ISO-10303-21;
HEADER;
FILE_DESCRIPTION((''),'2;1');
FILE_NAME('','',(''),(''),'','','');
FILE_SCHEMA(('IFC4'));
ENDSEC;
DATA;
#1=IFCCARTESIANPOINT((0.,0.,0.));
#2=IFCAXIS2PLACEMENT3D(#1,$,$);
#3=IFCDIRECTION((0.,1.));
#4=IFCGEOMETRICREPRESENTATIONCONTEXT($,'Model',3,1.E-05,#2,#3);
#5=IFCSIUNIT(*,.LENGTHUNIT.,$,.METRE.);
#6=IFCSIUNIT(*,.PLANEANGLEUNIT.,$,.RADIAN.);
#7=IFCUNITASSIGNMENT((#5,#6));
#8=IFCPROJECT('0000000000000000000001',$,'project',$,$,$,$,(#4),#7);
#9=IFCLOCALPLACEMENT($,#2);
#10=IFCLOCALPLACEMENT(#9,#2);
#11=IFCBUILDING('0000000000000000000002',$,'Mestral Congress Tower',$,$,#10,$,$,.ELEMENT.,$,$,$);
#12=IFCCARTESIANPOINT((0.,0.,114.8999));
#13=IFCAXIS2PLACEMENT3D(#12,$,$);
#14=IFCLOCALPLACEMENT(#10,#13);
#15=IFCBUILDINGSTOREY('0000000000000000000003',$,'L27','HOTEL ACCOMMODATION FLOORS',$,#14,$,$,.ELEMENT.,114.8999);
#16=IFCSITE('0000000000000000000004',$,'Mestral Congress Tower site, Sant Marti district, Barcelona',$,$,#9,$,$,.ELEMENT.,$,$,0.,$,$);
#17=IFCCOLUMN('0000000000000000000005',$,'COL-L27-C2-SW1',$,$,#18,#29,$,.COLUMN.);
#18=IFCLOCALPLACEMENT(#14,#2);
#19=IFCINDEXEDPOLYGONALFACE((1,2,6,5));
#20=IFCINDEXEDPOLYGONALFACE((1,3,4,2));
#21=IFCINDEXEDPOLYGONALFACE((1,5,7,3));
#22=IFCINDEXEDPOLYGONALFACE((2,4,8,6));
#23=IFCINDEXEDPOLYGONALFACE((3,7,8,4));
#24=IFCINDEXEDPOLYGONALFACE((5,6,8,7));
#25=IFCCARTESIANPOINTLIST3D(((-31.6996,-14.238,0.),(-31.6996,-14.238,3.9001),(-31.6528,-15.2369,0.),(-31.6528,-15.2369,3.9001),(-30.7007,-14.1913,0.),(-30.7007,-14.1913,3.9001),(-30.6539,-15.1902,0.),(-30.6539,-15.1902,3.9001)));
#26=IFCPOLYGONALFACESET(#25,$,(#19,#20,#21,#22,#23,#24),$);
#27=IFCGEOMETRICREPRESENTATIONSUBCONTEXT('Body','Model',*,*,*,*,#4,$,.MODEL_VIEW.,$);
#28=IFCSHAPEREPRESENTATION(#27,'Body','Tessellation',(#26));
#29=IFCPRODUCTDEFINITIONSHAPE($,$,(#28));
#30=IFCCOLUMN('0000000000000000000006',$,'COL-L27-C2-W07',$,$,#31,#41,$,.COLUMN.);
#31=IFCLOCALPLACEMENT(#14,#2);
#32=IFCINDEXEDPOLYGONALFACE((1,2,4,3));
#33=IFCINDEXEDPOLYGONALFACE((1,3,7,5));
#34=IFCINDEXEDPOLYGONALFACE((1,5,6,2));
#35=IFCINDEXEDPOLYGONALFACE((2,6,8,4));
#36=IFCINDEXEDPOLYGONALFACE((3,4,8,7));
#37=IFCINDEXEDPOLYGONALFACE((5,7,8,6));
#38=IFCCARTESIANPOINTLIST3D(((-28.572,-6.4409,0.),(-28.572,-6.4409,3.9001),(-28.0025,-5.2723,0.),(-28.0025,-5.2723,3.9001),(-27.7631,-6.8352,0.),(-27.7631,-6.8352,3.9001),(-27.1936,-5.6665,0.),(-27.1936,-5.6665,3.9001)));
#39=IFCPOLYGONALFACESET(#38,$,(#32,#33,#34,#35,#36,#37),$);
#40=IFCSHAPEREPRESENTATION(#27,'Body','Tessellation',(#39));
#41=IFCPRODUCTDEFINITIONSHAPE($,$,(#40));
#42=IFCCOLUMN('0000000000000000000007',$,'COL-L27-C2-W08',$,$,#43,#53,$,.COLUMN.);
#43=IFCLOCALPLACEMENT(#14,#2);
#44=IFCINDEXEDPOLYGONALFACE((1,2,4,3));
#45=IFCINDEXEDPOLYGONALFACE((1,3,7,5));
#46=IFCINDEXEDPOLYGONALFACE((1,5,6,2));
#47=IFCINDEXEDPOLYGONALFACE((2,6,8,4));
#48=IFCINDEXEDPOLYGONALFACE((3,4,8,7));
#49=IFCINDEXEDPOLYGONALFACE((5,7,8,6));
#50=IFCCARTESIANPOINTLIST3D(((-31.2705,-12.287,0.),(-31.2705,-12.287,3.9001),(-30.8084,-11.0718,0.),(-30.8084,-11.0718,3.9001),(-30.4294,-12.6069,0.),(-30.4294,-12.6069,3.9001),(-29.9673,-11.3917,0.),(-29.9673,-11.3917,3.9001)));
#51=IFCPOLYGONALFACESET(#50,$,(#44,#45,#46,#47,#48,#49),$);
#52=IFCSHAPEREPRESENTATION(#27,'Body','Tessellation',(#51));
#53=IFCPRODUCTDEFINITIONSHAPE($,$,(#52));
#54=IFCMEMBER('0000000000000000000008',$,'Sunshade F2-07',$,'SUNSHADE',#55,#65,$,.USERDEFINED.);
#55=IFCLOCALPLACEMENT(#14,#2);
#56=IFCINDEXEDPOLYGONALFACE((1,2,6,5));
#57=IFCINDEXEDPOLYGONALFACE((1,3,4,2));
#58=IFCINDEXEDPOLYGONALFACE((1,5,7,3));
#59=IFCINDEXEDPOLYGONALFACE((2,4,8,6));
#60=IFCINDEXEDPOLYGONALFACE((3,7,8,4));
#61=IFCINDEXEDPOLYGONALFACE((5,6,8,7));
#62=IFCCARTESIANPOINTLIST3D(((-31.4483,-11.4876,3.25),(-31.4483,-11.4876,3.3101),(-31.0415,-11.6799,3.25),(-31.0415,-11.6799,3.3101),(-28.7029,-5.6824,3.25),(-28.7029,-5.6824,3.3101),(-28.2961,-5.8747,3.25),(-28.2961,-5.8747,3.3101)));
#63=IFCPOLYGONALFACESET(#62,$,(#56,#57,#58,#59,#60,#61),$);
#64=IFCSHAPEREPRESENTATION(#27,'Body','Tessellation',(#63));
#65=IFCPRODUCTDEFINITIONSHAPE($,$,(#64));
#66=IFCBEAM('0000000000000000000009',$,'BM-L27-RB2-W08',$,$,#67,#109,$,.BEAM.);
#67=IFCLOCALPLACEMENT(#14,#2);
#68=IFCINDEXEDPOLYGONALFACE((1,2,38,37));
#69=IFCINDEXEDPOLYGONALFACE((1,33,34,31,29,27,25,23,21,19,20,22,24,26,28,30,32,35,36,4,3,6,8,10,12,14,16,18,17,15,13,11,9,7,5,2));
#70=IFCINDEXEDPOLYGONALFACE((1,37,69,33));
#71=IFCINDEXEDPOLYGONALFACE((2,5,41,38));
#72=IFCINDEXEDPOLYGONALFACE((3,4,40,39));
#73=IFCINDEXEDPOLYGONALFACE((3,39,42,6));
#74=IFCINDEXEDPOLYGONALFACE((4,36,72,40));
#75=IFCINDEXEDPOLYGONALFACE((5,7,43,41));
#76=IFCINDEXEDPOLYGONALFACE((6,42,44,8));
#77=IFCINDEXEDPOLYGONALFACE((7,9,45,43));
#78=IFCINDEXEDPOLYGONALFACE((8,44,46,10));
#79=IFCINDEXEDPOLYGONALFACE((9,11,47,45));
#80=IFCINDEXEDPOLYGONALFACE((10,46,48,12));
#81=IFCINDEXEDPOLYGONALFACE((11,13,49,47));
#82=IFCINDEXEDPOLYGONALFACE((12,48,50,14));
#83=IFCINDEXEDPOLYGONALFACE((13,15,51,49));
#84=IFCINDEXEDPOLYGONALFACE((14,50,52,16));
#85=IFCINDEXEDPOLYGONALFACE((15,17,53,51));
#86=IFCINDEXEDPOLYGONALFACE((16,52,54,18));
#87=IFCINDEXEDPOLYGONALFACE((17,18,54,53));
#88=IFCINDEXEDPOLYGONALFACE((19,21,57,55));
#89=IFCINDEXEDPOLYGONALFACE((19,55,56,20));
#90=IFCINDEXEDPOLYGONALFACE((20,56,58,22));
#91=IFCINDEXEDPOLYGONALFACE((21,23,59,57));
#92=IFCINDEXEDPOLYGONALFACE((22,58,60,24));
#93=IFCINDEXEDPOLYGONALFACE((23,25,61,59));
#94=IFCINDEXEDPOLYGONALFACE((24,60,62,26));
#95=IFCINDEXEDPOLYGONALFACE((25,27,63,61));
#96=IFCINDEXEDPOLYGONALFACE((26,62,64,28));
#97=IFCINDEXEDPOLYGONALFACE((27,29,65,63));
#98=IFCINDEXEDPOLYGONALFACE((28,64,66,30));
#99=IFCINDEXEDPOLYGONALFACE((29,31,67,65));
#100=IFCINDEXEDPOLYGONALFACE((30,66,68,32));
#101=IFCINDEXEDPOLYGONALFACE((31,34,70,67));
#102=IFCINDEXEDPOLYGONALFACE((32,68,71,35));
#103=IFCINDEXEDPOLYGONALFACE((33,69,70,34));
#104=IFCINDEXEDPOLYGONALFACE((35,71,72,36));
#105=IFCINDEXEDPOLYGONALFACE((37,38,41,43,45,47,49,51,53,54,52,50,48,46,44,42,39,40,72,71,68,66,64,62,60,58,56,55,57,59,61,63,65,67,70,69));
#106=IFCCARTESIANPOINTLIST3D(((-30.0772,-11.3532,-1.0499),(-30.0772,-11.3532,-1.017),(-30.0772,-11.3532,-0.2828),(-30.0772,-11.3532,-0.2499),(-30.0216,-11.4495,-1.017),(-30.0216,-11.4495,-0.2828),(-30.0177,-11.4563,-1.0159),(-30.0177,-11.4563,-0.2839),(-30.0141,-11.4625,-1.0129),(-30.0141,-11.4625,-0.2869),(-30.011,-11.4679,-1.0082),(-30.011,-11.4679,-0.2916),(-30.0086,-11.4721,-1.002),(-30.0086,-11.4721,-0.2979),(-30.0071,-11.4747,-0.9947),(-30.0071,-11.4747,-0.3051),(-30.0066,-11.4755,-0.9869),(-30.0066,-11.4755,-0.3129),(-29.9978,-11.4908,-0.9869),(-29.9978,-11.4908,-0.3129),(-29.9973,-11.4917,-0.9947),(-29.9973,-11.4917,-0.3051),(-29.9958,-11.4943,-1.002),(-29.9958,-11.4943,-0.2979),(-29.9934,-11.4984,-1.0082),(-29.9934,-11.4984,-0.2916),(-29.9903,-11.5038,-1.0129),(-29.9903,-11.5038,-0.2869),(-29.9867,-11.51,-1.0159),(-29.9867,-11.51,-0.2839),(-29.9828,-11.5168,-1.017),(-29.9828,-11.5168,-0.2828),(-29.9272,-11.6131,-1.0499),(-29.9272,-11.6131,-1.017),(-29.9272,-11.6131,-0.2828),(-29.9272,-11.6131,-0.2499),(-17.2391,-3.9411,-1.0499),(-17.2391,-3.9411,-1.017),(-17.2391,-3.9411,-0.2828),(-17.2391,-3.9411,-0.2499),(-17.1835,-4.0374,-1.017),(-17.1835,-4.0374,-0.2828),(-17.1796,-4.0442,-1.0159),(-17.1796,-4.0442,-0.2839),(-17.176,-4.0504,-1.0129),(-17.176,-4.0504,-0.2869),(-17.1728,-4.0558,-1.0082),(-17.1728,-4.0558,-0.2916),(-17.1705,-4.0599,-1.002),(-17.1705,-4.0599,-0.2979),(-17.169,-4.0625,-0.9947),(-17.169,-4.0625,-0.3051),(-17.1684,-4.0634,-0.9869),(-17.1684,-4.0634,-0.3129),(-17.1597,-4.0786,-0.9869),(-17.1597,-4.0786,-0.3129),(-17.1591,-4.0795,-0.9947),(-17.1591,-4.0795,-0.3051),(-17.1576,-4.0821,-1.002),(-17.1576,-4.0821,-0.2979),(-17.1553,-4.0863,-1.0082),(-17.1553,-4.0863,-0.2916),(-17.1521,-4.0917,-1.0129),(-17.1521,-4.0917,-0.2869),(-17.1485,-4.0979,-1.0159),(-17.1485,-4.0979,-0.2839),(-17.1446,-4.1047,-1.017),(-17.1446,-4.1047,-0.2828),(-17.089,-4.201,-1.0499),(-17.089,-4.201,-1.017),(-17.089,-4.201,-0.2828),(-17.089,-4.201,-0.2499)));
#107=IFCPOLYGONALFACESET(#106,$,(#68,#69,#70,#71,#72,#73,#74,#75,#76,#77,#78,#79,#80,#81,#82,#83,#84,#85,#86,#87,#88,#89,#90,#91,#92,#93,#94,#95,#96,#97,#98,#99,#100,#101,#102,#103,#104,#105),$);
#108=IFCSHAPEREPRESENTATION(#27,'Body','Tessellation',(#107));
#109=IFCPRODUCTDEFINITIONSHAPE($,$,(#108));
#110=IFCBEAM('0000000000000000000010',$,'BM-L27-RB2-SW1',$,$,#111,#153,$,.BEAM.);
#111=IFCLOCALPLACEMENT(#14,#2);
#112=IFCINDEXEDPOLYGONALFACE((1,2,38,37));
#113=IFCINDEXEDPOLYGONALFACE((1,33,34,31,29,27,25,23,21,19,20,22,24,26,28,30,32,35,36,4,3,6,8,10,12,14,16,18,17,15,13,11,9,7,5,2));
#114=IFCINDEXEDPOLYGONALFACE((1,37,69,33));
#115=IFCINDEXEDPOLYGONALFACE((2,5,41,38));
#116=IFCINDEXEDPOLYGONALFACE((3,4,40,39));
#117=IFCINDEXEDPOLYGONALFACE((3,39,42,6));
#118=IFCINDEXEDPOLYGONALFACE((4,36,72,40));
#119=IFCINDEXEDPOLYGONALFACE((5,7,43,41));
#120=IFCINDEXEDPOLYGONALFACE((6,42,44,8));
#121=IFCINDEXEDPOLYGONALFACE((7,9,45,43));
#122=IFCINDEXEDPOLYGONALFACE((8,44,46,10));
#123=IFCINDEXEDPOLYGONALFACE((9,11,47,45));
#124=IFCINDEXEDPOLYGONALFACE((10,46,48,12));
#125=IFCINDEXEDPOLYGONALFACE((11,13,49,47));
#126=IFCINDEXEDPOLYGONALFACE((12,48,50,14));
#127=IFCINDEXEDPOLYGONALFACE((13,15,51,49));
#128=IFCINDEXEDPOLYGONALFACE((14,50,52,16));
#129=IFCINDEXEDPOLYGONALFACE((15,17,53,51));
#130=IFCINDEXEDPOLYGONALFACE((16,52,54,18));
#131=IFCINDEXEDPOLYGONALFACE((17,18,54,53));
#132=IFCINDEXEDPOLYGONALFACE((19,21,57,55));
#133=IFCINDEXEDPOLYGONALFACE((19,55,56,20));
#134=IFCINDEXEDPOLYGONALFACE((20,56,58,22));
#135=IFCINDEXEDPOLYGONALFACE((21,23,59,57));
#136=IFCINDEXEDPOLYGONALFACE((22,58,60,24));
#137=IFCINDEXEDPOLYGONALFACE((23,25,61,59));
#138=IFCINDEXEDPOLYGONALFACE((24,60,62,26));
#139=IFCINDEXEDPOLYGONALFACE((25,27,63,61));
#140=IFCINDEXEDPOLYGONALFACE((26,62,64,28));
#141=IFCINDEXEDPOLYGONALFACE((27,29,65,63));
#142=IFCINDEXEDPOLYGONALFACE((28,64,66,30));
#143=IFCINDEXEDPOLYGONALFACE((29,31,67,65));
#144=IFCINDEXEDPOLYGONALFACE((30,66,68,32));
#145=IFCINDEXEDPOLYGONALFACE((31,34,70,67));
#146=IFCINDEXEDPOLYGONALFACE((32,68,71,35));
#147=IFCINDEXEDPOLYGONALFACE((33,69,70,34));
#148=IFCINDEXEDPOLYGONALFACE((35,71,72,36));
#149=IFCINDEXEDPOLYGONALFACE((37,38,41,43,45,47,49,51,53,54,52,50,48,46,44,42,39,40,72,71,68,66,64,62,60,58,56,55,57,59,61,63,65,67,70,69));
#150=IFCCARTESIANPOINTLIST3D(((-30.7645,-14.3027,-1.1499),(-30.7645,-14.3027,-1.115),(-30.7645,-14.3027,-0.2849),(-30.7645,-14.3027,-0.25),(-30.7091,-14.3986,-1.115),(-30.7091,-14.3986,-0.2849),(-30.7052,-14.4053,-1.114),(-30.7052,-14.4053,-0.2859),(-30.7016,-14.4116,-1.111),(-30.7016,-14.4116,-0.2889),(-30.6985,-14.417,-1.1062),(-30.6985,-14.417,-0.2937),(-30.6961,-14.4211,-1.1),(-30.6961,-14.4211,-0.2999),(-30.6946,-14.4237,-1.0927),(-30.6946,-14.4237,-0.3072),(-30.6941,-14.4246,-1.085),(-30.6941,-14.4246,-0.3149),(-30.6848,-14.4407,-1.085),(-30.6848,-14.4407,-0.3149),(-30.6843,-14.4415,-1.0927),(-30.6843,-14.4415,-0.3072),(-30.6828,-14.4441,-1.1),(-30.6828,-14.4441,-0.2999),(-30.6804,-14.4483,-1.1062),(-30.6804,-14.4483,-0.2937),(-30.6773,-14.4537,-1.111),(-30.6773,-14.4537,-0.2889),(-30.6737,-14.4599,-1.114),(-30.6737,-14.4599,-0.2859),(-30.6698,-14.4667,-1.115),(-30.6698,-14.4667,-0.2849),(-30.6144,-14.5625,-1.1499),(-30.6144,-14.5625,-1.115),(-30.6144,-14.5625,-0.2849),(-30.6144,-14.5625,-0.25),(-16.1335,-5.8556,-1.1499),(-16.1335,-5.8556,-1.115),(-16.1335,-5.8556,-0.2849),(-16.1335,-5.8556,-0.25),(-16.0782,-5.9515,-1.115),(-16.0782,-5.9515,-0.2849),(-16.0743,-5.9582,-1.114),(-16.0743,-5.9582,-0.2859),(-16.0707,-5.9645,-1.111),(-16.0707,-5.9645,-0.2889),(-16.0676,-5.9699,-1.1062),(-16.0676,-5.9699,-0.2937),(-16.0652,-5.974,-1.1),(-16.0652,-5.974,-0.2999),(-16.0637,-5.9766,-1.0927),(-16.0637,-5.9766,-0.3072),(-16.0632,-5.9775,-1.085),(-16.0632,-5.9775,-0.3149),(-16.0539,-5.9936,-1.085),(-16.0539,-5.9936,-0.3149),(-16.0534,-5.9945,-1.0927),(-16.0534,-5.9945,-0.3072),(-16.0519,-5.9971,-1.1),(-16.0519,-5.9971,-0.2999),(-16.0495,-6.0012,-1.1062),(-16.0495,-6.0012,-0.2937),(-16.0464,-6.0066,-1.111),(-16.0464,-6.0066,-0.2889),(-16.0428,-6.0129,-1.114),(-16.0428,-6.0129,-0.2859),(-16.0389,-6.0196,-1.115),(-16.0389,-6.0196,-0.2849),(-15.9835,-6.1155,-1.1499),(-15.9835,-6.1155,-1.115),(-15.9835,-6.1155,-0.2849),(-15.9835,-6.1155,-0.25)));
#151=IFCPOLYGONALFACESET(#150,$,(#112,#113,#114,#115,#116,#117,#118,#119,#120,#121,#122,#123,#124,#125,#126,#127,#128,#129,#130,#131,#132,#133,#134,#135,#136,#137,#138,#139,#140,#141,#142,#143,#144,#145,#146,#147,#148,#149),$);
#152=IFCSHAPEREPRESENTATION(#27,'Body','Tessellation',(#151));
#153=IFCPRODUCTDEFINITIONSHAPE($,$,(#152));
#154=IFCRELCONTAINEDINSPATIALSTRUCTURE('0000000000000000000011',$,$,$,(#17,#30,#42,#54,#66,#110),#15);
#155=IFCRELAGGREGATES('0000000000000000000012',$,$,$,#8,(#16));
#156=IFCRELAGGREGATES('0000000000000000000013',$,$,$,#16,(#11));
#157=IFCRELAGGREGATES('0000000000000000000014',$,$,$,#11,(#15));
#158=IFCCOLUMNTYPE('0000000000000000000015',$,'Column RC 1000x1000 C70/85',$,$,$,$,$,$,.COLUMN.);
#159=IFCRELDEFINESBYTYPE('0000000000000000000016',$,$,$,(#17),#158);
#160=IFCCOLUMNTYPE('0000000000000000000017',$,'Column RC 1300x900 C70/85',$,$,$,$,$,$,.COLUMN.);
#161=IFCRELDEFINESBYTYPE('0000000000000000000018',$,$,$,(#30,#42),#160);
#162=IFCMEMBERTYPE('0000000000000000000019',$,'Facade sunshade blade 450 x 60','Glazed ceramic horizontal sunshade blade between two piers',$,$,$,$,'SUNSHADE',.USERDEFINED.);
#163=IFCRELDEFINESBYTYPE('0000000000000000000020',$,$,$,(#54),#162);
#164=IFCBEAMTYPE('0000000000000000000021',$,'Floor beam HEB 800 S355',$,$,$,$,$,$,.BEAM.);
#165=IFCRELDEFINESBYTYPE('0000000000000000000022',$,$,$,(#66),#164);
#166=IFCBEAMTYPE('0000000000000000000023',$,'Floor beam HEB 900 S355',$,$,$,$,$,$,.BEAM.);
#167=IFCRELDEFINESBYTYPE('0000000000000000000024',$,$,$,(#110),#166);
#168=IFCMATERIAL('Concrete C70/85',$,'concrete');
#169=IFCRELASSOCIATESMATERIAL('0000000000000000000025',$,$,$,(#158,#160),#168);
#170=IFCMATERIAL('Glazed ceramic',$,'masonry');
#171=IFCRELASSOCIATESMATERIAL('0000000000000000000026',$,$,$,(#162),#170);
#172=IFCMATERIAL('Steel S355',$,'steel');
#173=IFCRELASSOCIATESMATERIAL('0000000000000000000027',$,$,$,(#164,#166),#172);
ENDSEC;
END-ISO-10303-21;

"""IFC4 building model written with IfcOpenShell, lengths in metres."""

from ifc_helpers import new_model, si_unit, direction, frame, origin, origin_2d, place, context, subcontext, project, spatial, rectangle, i_section, extrude, material, material_profile, profile_set, type_object, element, save


model = new_model("IFC4")

# Units and contexts
model_context = context("Model", 3, precision=1e-05, world=origin(), true_north=direction((0.0, 1.0)))
body_context = subcontext(model_context, "Body", "Model", "MODEL_VIEW")
ifc_project = project(units=[si_unit("LENGTHUNIT", "METRE"), si_unit("PLANEANGLEUNIT", "RADIAN")], contexts=[model_context])

# Site, building, storey
site_placement = place(None, origin())
site = spatial("IfcSite", under=ifc_project, at=site_placement, Name="Mestral Congress Tower site, Sant Marti district, Barcelona", CompositionType="ELEMENT", RefElevation=0.0)
building_placement = place(site_placement, origin())
building = spatial("IfcBuilding", under=site, at=building_placement, Name="Mestral Congress Tower", CompositionType="ELEMENT")
storey_placement = place(building_placement, frame((0.0, 0.0, 114.8999)))
storey = spatial("IfcBuildingStorey", under=building, at=storey_placement, Name="L27", Description="HOTEL ACCOMMODATION FLOORS", CompositionType="ELEMENT", Elevation=114.8999)

# Columns
ifc_material_1 = material(Name="Concrete C70/85", Category="concrete")
ifc_material_profile_1 = material_profile(ifc_material_1, rectangle(XDim=1.0, YDim=1.0, at=origin_2d()), Name="RC 1000x1000")
ifc_profile_set_1 = profile_set([ifc_material_profile_1], Name="Concrete C70/85")
column_type_1 = type_object("IfcColumnType", Name="Column RC 1000x1000 C70/85", PredefinedType="COLUMN", material=ifc_profile_set_1)
column_placement = place(storey_placement, frame((-31.1768, -14.7141, 0.0), z_axis=(0.0, 0.0, 1.0), x_axis=(0.046756, -0.998906, 0.0)))
element("IfcColumn", 1, at=column_placement, inside=storey, type_object=column_type_1, Name="COL-L27-C2-SW1", PredefinedType="COLUMN", context=body_context, shape_type="SweptSolid", body=[
    extrude(rectangle(XDim=1.0, YDim=1.0, at=origin_2d()), origin(), (0.0, 0.0, 1.0), 3.9001),
])
ifc_material_profile_2 = material_profile(ifc_material_1, rectangle(XDim=1.3, YDim=0.8999, at=origin_2d()), Name="RC 1300x900")
ifc_profile_set_2 = profile_set([ifc_material_profile_2], Name="Concrete C70/85")
column_type_2 = type_object("IfcColumnType", Name="Column RC 1300x900 C70/85", PredefinedType="COLUMN", material=ifc_profile_set_2)
for number, where, z_axis, x_axis, name in (
    (2, (-27.8828, -6.0537, 0.0), (0.0, 0.0, 1.0), (-0.438061, -0.898945, 0.0), "COL-L27-C2-W07"),
    (3, (-30.6189, -11.8394, 0.0), (0.0, 0.0, 1.0), (-0.355494, -0.934679, 0.0), "COL-L27-C2-W08"),
):
    element("IfcColumn", number, at=place(storey_placement, frame(where, z_axis=z_axis, x_axis=x_axis)), inside=storey, type_object=column_type_2, Name=name, PredefinedType="COLUMN", context=body_context, shape_type="SweptSolid", body=[
        extrude(rectangle(XDim=1.3, YDim=0.8999, at=origin_2d()), origin(), (0.0, 0.0, 1.0), 3.9001),
    ])

# Member
ifc_material_2 = material(Name="Glazed ceramic", Category="masonry")
ifc_material_profile_3 = material_profile(ifc_material_2, rectangle(XDim=0.45, YDim=0.0601, at=origin_2d()), Name="Ceramic blade 450 x 60")
ifc_profile_set_3 = profile_set([ifc_material_profile_3], Name="Glazed ceramic")
member_type = type_object("IfcMemberType", Name="Facade sunshade blade 450 x 60", Description="Glazed ceramic horizontal sunshade blade between two piers", ElementType="SUNSHADE", PredefinedType="USERDEFINED", material=ifc_profile_set_3)
member_placement = place(storey_placement, frame((-28.4995, -5.7786, 3.28), z_axis=(-0.427519, -0.904006, 0.0), x_axis=(0.904006, -0.427519, 0.0)))
element("IfcMember", 4, at=member_placement, inside=storey, type_object=member_type, Name="Sunshade F2-07", ObjectType="SUNSHADE", PredefinedType="USERDEFINED", context=body_context, shape_type="SweptSolid", body=[
    extrude(rectangle(XDim=0.45, YDim=0.0601, at=origin_2d()), origin(), (0.0, 0.0, 1.0), 6.4216),
])

# Beams
ifc_material_3 = material(Name="Steel S355", Category="steel")
ifc_material_profile_4 = material_profile(ifc_material_3, i_section(OverallWidth=0.3, OverallDepth=0.8, WebThickness=0.0176, FlangeThickness=0.033, FilletRadius=0.03, at=origin_2d()), Name="HEB 800")
ifc_profile_set_4 = profile_set([ifc_material_profile_4], Name="Steel S355")
beam_type_1 = type_object("IfcBeamType", Name="Floor beam HEB 800 S355", PredefinedType="BEAM", material=ifc_profile_set_4)
beam_1_placement = place(storey_placement, frame((-30.0022, -11.4832, -0.6499), z_axis=(0.866025, 0.5, 0.0), x_axis=(-0.5, 0.866025, 0.0)))
element("IfcBeam", 5, at=beam_1_placement, inside=storey, type_object=beam_type_1, Name="BM-L27-RB2-W08", PredefinedType="BEAM", context=body_context, shape_type="SweptSolid", body=[
    extrude(i_section(OverallWidth=0.3, OverallDepth=0.8, WebThickness=0.0176, FlangeThickness=0.033, FilletRadius=0.03, at=origin_2d()), origin(), (0.0, 0.0, 1.0), 14.8242),
])
ifc_material_profile_5 = material_profile(ifc_material_3, i_section(OverallWidth=0.3, OverallDepth=0.8999, WebThickness=0.0186, FlangeThickness=0.0349, FilletRadius=0.03, at=origin_2d()), Name="HEB 900")
ifc_profile_set_5 = profile_set([ifc_material_profile_5], Name="Steel S355")
beam_type_2 = type_object("IfcBeamType", Name="Floor beam HEB 900 S355", PredefinedType="BEAM", material=ifc_profile_set_5)
beam_2_placement = place(storey_placement, frame((-30.6895, -14.4326, -0.7), z_axis=(0.866028, 0.499995, 0.0), x_axis=(-0.499995, 0.866028, 0.0)))
element("IfcBeam", 6, at=beam_2_placement, inside=storey, type_object=beam_type_2, Name="BM-L27-RB2-SW1", PredefinedType="BEAM", context=body_context, shape_type="SweptSolid", body=[
    extrude(i_section(OverallWidth=0.3, OverallDepth=0.8999, WebThickness=0.0186, FlangeThickness=0.0349, FilletRadius=0.03, at=origin_2d()), origin(), (0.0, 0.0, 1.0), 16.8943),
])

save(model, "model.ifc")
